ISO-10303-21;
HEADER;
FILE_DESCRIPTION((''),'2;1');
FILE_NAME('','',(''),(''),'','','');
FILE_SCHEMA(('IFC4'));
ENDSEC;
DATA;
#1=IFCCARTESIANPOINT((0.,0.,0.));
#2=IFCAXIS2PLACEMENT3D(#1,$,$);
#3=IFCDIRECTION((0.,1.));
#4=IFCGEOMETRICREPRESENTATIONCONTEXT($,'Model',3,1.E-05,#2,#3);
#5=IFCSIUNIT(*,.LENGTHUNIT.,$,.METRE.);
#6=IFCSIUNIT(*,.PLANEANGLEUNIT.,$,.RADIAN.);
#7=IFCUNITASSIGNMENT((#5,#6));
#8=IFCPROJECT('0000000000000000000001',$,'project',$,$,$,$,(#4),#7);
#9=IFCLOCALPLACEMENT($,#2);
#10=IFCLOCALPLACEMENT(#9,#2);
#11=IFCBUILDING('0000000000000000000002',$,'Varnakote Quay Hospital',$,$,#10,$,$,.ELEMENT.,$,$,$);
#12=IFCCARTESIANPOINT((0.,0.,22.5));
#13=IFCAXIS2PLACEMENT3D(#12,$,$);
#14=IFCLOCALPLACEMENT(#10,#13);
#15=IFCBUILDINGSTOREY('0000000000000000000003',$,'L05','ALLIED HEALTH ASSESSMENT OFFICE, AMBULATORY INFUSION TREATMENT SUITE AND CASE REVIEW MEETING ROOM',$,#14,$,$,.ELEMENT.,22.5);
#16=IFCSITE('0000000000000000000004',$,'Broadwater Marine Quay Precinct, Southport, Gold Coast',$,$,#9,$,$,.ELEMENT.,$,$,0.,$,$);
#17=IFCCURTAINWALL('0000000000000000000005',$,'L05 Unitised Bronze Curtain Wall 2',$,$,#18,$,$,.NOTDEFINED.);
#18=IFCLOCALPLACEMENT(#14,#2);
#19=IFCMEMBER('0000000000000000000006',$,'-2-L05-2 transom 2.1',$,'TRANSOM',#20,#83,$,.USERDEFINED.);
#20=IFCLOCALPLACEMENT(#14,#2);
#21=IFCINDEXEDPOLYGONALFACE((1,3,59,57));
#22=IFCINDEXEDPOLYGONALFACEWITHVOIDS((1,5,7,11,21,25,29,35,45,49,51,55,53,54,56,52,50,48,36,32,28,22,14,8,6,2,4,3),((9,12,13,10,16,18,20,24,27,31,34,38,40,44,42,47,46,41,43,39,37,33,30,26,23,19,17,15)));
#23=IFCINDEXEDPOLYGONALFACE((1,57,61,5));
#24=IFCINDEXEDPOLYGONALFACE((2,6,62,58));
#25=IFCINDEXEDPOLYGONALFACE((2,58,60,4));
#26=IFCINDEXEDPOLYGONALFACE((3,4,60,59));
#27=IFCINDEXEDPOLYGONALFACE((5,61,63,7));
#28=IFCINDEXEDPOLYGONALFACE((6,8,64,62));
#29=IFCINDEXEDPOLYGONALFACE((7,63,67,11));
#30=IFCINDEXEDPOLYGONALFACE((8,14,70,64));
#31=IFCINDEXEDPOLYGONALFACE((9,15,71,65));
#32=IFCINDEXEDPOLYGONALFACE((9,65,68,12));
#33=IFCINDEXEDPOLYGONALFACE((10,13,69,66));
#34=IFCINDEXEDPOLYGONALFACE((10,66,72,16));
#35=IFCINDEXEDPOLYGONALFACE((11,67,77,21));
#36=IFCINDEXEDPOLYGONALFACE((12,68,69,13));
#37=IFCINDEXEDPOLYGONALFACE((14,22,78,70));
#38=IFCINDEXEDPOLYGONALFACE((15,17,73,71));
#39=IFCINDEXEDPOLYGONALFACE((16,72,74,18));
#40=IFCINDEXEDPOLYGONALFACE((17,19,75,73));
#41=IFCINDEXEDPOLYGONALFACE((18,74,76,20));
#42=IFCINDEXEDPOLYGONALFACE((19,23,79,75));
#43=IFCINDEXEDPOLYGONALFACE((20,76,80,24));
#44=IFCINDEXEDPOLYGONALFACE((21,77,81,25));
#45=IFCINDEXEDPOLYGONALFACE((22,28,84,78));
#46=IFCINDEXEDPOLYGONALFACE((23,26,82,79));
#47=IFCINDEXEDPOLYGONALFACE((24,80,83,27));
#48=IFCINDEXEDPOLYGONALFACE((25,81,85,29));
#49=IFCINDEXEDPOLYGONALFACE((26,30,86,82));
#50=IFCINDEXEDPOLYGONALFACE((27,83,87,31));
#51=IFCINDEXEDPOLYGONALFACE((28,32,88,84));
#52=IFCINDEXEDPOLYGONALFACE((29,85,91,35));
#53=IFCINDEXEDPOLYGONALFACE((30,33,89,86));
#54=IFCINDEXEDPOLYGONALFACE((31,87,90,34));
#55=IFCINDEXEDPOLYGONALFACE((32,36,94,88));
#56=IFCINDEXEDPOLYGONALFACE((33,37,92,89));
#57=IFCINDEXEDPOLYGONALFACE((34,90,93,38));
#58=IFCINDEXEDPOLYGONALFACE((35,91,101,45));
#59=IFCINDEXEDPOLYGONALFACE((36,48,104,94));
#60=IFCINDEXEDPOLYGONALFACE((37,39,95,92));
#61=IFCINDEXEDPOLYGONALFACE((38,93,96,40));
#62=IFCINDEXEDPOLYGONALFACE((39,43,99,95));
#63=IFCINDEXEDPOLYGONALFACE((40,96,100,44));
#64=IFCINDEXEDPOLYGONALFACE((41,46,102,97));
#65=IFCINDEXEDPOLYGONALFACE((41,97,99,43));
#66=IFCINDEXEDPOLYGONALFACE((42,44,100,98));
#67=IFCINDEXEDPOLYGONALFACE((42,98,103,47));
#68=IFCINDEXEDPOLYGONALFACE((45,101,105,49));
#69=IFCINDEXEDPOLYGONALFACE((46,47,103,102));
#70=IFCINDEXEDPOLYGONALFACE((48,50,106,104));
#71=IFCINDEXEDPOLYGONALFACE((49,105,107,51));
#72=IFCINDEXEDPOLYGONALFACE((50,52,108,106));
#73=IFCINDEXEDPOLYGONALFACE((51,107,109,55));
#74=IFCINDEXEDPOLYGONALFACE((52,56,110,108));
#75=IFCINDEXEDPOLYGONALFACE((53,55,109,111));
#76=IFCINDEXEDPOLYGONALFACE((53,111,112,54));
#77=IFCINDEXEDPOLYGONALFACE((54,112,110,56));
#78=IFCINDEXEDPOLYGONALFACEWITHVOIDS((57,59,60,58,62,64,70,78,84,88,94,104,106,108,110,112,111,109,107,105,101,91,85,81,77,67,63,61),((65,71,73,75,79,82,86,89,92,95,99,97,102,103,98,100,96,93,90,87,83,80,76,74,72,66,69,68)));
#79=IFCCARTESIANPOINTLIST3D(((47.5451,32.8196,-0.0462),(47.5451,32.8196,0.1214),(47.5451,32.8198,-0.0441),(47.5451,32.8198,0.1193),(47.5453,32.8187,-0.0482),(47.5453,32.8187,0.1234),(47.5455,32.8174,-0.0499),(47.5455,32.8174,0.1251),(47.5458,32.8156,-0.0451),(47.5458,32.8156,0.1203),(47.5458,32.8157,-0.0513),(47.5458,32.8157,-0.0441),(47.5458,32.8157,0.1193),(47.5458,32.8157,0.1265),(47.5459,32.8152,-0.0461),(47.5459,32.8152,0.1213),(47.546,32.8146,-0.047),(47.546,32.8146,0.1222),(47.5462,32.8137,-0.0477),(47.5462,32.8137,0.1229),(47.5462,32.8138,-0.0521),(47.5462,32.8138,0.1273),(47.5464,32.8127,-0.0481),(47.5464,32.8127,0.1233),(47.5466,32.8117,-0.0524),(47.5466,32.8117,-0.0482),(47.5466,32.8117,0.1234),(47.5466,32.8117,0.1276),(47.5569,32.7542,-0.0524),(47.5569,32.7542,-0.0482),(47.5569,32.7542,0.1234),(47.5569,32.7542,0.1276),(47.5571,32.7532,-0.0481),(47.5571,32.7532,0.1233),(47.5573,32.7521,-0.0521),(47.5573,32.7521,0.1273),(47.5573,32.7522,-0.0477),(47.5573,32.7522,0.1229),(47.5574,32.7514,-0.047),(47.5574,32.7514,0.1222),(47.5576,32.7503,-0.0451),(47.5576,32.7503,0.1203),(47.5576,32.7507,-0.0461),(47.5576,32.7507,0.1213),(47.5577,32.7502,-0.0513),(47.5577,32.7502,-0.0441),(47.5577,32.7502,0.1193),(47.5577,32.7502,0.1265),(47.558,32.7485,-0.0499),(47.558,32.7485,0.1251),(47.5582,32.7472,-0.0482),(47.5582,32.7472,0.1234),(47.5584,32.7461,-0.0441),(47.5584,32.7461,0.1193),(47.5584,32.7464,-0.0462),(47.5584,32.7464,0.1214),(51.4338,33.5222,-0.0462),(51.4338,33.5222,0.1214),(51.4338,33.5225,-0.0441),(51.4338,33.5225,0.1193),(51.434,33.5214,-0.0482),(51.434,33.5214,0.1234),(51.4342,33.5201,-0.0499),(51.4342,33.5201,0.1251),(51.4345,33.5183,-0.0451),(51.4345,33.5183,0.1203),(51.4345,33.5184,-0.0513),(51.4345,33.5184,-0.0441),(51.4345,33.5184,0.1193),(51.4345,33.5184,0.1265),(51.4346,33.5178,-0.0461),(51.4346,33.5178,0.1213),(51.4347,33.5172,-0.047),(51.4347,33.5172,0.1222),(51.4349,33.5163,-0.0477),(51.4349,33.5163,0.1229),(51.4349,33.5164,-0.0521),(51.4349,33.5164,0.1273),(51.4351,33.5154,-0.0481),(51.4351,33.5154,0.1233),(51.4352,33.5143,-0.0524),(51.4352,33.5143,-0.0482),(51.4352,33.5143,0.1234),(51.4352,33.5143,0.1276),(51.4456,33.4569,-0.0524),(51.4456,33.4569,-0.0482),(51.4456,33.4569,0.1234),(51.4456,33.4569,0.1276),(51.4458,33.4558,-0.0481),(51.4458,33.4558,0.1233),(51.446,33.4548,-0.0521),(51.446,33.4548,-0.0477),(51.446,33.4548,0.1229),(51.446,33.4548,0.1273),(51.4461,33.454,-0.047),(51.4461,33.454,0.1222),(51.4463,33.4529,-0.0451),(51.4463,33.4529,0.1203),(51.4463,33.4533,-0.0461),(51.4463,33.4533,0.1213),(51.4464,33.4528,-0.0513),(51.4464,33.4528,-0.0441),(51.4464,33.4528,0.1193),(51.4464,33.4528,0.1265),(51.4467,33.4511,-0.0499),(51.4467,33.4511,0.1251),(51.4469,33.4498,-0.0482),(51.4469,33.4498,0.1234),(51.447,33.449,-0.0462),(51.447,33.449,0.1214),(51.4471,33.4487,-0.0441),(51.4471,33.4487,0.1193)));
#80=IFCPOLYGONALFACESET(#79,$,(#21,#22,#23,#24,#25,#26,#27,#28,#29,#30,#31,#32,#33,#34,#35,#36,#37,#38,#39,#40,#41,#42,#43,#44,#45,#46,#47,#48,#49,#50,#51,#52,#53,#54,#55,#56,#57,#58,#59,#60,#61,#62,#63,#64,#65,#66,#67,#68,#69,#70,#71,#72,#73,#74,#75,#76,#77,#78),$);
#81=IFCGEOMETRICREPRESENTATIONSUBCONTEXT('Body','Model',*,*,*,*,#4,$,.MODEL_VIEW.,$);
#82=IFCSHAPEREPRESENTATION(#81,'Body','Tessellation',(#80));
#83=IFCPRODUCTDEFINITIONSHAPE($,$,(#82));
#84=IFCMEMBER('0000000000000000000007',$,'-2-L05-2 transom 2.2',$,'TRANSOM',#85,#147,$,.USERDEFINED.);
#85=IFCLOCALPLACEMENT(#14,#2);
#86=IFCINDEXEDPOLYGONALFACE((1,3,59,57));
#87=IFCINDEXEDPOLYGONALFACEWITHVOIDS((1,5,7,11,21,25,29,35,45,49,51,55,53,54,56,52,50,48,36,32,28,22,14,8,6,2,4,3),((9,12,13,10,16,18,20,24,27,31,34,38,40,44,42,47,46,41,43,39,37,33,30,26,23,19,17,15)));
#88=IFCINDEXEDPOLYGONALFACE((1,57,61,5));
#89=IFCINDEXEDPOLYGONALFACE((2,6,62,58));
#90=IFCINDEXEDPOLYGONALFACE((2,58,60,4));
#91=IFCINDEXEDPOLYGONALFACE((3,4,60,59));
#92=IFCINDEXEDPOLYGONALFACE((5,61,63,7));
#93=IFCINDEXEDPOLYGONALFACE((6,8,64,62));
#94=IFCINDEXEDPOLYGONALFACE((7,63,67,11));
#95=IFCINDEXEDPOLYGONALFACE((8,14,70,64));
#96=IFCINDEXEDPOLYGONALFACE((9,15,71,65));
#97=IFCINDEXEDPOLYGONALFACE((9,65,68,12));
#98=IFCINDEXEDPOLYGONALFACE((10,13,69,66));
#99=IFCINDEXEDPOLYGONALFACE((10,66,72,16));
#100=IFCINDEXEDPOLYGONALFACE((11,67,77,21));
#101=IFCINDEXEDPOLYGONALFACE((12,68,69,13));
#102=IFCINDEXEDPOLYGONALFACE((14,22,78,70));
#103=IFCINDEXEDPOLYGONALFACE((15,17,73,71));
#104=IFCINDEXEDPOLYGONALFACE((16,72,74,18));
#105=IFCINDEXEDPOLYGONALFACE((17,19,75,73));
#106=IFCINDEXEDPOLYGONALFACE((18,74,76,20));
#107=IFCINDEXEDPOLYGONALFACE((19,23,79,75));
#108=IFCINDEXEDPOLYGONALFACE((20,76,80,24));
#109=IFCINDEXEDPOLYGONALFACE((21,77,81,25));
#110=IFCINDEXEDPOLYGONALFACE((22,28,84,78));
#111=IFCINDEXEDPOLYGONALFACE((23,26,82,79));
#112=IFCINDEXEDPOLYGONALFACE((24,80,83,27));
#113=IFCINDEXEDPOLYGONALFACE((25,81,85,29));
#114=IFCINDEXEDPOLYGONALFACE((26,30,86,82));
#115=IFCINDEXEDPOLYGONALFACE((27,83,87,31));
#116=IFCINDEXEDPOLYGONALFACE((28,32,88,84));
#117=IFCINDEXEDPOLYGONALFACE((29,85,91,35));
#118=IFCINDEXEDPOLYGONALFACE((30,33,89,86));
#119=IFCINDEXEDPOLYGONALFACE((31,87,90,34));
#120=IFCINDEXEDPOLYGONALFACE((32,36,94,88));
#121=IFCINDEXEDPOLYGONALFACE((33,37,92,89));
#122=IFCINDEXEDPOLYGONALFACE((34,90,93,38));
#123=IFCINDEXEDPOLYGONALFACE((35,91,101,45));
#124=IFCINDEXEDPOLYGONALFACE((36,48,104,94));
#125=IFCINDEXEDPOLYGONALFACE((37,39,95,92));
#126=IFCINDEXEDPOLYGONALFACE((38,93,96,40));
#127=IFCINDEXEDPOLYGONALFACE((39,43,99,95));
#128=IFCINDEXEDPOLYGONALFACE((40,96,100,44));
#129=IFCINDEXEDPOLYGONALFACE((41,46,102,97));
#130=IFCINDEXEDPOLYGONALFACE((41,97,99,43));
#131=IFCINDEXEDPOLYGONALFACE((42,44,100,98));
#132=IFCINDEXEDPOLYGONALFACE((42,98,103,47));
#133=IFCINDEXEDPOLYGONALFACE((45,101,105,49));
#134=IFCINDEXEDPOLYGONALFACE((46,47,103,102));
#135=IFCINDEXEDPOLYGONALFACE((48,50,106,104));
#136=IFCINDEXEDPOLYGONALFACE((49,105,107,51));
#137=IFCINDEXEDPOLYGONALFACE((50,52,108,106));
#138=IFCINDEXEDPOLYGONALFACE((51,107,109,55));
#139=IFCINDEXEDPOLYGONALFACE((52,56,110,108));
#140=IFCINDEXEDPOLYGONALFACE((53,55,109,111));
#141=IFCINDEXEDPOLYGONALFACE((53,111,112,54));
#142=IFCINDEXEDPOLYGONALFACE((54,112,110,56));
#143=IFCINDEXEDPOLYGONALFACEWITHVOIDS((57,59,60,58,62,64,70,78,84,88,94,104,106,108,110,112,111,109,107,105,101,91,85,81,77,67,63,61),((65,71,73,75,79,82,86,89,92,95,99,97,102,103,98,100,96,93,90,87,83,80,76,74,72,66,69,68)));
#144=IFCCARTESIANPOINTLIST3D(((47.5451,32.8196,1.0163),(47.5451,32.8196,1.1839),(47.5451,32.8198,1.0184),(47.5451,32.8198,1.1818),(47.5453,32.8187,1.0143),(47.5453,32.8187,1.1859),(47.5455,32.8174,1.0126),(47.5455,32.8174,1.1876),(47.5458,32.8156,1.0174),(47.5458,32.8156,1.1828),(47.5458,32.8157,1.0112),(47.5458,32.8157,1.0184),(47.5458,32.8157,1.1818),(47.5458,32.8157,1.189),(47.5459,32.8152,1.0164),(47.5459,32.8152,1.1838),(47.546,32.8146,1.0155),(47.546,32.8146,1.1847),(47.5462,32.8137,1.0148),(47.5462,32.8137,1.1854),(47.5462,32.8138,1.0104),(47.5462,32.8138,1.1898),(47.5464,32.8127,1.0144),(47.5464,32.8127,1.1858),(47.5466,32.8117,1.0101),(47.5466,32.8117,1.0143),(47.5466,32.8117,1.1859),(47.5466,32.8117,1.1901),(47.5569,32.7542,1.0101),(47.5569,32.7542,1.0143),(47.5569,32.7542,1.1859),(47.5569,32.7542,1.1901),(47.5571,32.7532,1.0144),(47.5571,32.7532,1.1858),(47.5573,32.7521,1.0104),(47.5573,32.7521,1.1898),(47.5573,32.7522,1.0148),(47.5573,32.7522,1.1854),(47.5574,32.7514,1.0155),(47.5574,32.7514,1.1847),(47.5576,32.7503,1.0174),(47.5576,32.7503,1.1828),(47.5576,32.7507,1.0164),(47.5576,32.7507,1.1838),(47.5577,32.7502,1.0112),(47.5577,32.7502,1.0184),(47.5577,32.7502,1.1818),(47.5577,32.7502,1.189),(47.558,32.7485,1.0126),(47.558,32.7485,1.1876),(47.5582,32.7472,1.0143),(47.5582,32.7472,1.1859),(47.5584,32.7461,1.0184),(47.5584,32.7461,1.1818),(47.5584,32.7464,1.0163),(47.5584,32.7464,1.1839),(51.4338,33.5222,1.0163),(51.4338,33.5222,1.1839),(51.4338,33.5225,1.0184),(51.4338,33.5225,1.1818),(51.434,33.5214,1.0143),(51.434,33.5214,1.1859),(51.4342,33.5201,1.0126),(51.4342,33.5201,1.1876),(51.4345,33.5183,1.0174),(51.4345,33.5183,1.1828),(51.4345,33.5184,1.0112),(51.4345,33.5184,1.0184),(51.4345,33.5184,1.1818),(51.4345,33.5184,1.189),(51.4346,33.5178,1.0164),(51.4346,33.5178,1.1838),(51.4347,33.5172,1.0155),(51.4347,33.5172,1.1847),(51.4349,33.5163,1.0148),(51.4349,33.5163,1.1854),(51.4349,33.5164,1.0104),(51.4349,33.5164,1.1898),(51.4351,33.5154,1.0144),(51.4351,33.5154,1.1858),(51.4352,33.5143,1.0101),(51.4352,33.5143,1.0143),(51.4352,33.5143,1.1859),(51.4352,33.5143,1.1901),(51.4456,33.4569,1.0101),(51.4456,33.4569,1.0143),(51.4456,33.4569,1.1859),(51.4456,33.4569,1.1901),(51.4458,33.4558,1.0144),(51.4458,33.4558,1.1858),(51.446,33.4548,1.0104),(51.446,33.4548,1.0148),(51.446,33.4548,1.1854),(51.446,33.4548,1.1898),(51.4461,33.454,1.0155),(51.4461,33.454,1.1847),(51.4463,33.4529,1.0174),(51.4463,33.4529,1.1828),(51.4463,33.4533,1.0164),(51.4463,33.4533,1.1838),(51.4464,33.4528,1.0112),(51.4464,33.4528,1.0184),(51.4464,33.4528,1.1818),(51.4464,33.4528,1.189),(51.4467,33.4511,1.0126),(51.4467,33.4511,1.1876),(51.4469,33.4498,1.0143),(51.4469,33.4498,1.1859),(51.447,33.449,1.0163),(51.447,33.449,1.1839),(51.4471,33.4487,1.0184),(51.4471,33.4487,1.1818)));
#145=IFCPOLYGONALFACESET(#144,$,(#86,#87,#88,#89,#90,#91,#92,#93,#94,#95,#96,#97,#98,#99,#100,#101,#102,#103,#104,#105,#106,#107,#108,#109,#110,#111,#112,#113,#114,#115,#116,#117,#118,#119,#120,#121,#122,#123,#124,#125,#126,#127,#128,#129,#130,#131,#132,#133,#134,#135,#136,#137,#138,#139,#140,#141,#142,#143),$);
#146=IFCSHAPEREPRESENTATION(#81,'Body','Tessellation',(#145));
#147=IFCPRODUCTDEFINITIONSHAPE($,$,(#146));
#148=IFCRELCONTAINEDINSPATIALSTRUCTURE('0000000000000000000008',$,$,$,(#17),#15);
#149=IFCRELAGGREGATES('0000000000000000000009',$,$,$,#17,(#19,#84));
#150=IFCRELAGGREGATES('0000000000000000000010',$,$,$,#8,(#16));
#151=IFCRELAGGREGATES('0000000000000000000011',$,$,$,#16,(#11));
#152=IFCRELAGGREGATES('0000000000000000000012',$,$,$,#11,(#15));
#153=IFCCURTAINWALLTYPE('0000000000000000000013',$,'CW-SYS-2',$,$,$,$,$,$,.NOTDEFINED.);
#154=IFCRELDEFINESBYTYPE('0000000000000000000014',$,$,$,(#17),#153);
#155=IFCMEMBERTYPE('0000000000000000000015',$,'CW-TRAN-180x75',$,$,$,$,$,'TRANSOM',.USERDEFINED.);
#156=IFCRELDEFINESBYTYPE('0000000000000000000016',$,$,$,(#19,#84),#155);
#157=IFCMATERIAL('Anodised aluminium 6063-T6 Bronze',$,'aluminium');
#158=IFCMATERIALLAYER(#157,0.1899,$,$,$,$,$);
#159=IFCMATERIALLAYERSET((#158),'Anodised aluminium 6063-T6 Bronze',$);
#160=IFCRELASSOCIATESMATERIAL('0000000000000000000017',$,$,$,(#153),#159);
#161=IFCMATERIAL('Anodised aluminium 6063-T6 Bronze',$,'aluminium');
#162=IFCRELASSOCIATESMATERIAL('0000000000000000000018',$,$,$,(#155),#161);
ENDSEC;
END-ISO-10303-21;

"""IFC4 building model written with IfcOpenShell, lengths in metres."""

from ifc_helpers import new_model, si_unit, direction, frame, origin, origin_2d, place, context, subcontext, project, spatial, hollow_rectangle, extrude, material, layer, layer_set, material_profile, profile_set, type_object, element, aggregate, save


model = new_model("IFC4")

# Units and contexts
model_context = context("Model", 3, precision=1e-05, world=origin(), true_north=direction((0.0, 1.0)))
body_context = subcontext(model_context, "Body", "Model", "MODEL_VIEW")
ifc_project = project(units=[si_unit("LENGTHUNIT", "METRE"), si_unit("PLANEANGLEUNIT", "RADIAN")], contexts=[model_context])

# Site, building, storey
site_placement = place(None, origin())
site = spatial("IfcSite", under=ifc_project, at=site_placement, Name="Broadwater Marine Quay Precinct, Southport, Gold Coast", CompositionType="ELEMENT", RefElevation=0.0)
building_placement = place(site_placement, origin())
building = spatial("IfcBuilding", under=site, at=building_placement, Name="Varnakote Quay Hospital", CompositionType="ELEMENT")
storey_placement = place(building_placement, frame((0.0, 0.0, 22.5)))
storey = spatial("IfcBuildingStorey", under=building, at=storey_placement, Name="L05", Description="ALLIED HEALTH ASSESSMENT OFFICE, AMBULATORY INFUSION TREATMENT SUITE AND CASE REVIEW MEETING ROOM", CompositionType="ELEMENT", Elevation=22.5)

# Shared definitions
ifc_material_1 = material(Name="Anodised aluminium 6063-T6 Bronze", Category="aluminium")
ifc_layer_1 = layer(ifc_material_1, 0.1899)
ifc_layer_set_1 = layer_set([ifc_layer_1], Name="Anodised aluminium 6063-T6 Bronze")
curtain_wall_type = type_object("IfcCurtainWallType", Name="CW-SYS-2", PredefinedType="NOTDEFINED", material=ifc_layer_set_1)

# Curtain wall
curtain_wall_1_placement = place(storey_placement, origin())
curtain_wall_1 = element("IfcCurtainWall", 1, at=curtain_wall_1_placement, inside=storey, type_object=curtain_wall_type, Name="L05 Unitised Bronze Curtain Wall 2", PredefinedType="NOTDEFINED")

# Members
ifc_material_2 = material(Name="Anodised aluminium 6063-T6 Bronze", Category="aluminium")
ifc_material_profile_1 = material_profile(ifc_material_2, hollow_rectangle(XDim=0.075, YDim=0.1799, WallThickness=0.0042, InnerFilletRadius=0.0042, OuterFilletRadius=0.0083, at=origin_2d()), Name="CW-TRAN-180x75")
ifc_profile_set_1 = profile_set([ifc_material_profile_1], Name="Anodised aluminium 6063-T6 Bronze")
member_type_1 = type_object("IfcMemberType", Name="CW-TRAN-180x75", ElementType="TRANSOM", PredefinedType="USERDEFINED", material=ifc_profile_set_1)
member_1_placement = place(storey_placement, frame((51.4404, 33.4856, 0.0376), z_axis=(-0.984065, -0.177809, 0.0), x_axis=(0.177809, -0.984065, 0.0)))
member_1 = element("IfcMember", 2, at=member_1_placement, type_object=member_type_1, Name="-2-L05-2 transom 2.1", ObjectType="TRANSOM", PredefinedType="USERDEFINED", context=body_context, shape_type="SweptSolid", body=[
    extrude(hollow_rectangle(XDim=0.075, YDim=0.1799, WallThickness=0.0042, InnerFilletRadius=0.0042, OuterFilletRadius=0.0083, at=origin_2d()), origin(), (0.0, 0.0, 1.0), 3.9517),
])
member_2_placement = place(storey_placement, frame((51.4404, 33.4856, 1.1001), z_axis=(-0.984065, -0.177809, 0.0), x_axis=(0.177809, -0.984065, 0.0)))
member_2 = element("IfcMember", 3, at=member_2_placement, type_object=member_type_1, Name="-2-L05-2 transom 2.2", ObjectType="TRANSOM", PredefinedType="USERDEFINED", context=body_context, shape_type="SweptSolid", body=[
    extrude(hollow_rectangle(XDim=0.075, YDim=0.1799, WallThickness=0.0042, InnerFilletRadius=0.0042, OuterFilletRadius=0.0083, at=origin_2d()), origin(), (0.0, 0.0, 1.0), 3.9517),
])

aggregate(curtain_wall_1, [member_1, member_2])

save(model, "model.ifc")
